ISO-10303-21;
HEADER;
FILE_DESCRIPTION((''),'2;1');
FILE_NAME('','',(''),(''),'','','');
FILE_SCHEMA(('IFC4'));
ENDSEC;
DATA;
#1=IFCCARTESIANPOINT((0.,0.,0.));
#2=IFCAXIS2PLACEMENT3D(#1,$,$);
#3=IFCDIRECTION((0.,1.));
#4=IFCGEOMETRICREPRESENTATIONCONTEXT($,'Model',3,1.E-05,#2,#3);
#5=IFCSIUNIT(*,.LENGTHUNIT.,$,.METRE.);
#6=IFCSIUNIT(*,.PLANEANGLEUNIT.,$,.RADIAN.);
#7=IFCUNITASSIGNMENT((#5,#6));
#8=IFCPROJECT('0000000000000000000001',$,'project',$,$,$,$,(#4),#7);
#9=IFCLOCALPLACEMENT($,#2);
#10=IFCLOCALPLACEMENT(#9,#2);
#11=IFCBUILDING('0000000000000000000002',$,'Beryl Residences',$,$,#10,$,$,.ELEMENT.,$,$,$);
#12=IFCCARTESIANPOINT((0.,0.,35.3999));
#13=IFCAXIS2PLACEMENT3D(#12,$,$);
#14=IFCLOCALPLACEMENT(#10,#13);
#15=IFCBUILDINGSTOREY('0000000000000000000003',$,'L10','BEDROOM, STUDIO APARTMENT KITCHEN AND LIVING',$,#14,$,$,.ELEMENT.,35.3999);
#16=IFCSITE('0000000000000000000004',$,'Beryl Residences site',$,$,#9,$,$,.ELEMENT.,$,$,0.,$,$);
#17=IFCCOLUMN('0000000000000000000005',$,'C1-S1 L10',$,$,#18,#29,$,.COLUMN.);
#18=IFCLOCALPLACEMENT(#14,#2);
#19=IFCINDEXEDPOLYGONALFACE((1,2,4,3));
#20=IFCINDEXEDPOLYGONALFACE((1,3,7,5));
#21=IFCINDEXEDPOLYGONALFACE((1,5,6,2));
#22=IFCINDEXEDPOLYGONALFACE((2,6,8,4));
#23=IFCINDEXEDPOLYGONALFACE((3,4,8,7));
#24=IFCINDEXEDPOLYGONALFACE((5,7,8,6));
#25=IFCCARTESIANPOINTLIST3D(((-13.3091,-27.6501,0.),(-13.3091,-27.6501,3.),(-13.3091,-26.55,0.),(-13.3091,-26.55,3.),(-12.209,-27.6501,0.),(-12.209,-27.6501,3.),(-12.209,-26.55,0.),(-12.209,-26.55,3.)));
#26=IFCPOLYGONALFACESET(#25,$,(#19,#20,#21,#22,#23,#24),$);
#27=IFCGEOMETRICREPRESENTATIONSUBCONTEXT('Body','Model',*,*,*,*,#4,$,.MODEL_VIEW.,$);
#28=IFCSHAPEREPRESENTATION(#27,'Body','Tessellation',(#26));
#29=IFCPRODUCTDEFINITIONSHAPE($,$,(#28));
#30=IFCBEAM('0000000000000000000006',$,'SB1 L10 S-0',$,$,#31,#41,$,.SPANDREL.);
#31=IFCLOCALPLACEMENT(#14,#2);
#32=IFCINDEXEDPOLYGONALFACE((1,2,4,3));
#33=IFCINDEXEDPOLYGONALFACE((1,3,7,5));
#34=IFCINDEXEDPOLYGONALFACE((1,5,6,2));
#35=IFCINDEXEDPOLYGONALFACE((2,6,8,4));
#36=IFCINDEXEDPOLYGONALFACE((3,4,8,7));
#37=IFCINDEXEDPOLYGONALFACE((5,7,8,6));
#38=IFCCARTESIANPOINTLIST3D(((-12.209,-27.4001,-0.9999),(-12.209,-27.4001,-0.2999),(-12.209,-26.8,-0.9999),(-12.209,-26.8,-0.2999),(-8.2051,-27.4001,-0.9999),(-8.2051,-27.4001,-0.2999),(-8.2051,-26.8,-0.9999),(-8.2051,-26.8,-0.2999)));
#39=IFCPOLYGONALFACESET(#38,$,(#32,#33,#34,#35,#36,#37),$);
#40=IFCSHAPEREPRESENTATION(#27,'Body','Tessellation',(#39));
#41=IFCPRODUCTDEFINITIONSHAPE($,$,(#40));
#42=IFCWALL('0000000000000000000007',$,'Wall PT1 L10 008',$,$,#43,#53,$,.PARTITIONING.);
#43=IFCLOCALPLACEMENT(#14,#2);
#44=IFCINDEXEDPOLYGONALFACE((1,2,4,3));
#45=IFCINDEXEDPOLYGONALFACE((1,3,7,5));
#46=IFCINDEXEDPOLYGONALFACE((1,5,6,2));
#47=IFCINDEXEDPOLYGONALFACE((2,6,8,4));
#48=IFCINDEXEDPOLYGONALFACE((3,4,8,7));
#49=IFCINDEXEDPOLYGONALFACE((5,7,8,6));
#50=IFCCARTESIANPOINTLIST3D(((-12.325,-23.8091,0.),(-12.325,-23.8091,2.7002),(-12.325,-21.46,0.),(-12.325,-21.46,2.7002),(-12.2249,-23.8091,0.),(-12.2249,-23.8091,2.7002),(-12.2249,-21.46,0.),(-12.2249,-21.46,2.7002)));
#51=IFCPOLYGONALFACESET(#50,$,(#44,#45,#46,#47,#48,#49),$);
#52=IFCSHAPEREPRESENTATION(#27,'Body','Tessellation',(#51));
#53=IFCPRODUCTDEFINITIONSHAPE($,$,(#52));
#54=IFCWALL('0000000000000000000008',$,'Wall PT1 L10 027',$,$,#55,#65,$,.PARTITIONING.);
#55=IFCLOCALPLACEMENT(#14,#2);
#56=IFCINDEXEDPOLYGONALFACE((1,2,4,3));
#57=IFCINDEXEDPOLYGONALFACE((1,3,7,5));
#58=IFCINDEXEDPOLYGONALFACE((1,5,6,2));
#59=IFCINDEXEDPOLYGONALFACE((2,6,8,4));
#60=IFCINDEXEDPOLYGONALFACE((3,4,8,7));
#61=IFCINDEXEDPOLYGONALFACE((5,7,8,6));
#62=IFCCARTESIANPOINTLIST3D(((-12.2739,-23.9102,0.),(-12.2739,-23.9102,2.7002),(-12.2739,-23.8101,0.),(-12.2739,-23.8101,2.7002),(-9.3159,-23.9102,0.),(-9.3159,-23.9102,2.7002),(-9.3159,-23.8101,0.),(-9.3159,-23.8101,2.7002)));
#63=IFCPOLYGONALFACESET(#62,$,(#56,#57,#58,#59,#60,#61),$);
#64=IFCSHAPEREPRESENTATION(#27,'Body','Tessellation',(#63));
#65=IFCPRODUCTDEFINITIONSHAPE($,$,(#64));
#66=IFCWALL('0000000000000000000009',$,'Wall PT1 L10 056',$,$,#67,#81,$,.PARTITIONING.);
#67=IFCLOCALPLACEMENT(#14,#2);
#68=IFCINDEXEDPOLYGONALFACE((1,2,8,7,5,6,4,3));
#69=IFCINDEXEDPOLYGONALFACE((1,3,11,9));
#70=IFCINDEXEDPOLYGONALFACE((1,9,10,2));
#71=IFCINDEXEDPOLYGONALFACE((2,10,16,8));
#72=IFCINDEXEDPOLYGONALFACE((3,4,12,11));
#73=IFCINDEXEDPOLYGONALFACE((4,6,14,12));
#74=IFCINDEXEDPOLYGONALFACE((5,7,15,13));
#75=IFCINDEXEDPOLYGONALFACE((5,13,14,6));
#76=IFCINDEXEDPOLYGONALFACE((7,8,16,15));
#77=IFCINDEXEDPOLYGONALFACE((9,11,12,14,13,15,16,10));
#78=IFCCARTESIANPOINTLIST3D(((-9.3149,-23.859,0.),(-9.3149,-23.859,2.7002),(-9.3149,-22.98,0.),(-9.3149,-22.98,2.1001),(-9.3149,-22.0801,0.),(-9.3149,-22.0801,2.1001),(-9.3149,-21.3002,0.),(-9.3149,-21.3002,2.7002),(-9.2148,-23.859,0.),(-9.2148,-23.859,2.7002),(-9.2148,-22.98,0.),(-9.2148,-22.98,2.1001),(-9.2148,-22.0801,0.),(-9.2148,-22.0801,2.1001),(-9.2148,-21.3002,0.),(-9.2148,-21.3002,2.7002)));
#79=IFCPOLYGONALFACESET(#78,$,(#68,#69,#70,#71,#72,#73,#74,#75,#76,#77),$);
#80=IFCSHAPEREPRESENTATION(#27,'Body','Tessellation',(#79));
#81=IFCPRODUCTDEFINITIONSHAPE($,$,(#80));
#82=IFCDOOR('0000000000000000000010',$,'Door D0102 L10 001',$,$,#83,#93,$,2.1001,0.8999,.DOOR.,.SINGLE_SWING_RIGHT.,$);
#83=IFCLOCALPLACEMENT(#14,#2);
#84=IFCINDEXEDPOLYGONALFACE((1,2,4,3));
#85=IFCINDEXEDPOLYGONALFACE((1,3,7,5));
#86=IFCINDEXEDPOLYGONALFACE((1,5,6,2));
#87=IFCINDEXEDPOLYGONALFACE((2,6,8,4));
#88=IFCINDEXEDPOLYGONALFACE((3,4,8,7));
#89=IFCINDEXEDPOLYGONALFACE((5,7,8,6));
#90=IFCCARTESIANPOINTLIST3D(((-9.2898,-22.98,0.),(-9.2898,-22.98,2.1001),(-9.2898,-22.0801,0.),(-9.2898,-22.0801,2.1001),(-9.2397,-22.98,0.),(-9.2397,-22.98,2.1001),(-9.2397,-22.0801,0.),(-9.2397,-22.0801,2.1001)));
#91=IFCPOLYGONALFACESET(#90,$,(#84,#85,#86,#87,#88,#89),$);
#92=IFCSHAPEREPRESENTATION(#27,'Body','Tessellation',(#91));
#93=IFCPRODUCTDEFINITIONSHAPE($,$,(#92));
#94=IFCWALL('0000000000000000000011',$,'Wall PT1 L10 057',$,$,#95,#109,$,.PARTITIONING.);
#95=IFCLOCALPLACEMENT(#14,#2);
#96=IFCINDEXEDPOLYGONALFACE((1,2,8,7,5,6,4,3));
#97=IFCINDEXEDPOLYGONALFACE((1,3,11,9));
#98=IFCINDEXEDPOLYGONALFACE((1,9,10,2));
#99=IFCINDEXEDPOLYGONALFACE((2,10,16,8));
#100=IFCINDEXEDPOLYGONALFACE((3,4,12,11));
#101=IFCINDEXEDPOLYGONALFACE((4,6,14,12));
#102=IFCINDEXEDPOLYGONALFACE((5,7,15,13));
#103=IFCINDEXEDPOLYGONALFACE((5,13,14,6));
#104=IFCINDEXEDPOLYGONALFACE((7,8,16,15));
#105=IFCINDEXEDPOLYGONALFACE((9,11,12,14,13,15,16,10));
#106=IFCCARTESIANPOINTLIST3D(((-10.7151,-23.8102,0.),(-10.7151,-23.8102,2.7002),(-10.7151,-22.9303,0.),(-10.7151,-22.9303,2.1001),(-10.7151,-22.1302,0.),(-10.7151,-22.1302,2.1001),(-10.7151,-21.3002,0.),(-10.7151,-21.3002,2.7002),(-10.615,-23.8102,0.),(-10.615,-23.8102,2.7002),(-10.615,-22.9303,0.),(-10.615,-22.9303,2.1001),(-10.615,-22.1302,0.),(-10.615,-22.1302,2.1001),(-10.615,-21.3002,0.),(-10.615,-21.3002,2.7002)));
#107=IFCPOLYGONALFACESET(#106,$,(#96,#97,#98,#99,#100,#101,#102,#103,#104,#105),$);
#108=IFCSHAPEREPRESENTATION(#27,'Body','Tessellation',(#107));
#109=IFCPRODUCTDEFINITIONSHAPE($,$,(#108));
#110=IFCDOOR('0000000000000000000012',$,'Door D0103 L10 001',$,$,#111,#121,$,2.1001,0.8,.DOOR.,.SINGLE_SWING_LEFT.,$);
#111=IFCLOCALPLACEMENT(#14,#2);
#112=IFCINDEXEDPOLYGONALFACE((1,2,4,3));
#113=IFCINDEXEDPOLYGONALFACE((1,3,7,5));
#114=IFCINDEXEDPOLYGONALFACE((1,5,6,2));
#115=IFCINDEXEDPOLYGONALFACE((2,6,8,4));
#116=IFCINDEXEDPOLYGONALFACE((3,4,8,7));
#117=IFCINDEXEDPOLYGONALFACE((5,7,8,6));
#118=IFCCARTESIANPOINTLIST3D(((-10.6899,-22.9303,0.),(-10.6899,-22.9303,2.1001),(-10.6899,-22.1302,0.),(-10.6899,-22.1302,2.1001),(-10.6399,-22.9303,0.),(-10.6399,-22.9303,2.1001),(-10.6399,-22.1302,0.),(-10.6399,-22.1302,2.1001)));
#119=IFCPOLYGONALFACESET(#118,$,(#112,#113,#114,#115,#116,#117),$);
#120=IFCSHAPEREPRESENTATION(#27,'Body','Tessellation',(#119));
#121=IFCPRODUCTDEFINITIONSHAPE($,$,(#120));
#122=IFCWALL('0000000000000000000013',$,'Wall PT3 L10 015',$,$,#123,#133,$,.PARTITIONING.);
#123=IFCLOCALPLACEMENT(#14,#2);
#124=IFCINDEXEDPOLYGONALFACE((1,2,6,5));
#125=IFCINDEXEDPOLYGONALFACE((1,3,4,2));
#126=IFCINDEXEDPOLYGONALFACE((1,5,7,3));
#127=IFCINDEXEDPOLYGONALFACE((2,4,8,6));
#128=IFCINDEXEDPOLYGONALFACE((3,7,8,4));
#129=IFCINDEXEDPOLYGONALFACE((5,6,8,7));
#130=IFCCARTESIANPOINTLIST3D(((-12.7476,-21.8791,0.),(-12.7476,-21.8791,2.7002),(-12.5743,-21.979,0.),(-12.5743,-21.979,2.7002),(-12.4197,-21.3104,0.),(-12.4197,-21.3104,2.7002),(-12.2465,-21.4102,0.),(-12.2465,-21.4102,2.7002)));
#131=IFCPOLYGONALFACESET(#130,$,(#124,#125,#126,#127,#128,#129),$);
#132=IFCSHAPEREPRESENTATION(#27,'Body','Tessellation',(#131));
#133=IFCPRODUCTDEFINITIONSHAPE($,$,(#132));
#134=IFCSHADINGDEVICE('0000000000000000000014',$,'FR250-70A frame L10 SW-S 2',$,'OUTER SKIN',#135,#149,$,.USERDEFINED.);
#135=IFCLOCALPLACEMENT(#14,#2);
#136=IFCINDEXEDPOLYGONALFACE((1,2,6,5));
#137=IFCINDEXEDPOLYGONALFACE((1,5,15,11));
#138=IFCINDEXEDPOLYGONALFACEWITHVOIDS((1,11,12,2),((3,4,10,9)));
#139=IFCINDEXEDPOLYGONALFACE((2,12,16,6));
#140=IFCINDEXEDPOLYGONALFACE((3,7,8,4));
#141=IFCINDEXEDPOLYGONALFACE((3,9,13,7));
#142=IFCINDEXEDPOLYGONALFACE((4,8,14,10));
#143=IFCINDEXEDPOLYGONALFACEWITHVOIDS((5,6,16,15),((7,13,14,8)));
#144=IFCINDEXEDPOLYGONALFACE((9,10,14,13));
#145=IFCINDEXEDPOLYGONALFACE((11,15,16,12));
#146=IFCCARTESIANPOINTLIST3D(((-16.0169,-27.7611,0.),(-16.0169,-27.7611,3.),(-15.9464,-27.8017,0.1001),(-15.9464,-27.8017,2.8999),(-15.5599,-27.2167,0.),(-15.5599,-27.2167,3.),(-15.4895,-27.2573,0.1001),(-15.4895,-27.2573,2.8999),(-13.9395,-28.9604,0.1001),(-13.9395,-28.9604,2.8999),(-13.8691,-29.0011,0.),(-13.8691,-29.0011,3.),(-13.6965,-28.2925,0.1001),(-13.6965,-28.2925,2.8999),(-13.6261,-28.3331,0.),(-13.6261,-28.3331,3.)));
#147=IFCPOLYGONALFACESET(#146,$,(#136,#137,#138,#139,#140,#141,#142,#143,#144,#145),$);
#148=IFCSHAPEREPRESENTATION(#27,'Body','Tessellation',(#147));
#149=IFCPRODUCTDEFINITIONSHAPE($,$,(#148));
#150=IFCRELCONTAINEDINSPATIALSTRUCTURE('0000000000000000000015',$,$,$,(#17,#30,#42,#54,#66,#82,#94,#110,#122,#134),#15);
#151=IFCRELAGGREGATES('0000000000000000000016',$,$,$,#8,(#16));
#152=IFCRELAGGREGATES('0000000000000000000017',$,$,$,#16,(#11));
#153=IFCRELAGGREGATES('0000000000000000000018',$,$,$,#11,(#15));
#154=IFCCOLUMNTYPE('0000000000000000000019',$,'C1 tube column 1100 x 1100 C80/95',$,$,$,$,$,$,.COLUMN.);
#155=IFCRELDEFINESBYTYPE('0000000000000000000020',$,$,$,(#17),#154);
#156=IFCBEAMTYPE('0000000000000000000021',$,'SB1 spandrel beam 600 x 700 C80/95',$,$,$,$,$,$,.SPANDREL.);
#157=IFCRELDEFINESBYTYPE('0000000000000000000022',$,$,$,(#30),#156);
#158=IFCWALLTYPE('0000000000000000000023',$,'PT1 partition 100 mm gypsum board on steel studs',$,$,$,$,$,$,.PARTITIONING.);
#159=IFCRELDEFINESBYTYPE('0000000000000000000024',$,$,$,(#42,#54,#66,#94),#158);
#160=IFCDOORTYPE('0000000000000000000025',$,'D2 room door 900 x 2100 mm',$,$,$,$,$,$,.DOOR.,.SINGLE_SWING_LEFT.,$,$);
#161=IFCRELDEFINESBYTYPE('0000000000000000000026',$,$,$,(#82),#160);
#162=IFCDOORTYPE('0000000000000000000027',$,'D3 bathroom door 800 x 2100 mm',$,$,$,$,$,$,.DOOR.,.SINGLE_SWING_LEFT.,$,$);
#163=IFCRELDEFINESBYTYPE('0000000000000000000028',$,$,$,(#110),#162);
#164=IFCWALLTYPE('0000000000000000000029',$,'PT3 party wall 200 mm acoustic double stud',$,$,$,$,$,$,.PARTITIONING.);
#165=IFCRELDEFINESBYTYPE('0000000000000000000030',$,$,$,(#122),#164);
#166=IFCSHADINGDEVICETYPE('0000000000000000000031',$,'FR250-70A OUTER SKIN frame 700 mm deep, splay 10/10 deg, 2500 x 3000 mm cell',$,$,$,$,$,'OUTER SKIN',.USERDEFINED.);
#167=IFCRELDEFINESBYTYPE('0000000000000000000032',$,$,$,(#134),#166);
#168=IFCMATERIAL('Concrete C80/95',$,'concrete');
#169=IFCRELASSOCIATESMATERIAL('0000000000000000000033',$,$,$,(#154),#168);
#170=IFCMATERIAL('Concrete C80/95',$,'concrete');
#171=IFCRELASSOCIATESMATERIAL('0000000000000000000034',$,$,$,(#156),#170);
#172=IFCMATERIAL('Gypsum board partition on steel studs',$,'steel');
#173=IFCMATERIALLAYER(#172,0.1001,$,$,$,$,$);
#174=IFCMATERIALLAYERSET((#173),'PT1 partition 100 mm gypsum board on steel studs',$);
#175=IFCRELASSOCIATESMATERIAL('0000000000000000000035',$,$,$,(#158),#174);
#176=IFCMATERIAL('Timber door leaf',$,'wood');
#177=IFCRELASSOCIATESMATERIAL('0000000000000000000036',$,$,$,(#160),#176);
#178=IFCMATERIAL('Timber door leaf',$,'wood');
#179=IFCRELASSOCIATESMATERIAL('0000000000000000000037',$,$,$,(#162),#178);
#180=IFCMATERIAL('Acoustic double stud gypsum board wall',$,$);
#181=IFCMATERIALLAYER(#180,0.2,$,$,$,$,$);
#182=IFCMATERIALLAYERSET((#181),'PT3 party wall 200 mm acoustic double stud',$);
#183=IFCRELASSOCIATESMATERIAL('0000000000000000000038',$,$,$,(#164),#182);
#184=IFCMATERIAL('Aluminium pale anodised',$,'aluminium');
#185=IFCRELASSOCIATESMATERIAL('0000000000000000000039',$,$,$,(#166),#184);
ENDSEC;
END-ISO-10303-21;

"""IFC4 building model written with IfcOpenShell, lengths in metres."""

from ifc_helpers import new_model, entity, si_unit, direction, frame, frame_2d, origin, origin_2d, place, context, subcontext, project, spatial, rectangle, extrude, source, transform, mapped, material, layer, layer_set, material_profile, profile_set, type_object, type_shapes, element, fill, save


model = new_model("IFC4")

# Units and contexts
model_context = context("Model", 3, precision=1e-05, world=origin(), true_north=direction((0.0, 1.0)))
body_context = subcontext(model_context, "Body", "Model", "MODEL_VIEW")
ifc_project = project(units=[si_unit("LENGTHUNIT", "METRE"), si_unit("PLANEANGLEUNIT", "RADIAN")], contexts=[model_context])

# Site, building, storey
site_placement = place(None, origin())
site = spatial("IfcSite", under=ifc_project, at=site_placement, Name="Beryl Residences site", CompositionType="ELEMENT", RefElevation=0.0)
building_placement = place(site_placement, origin())
building = spatial("IfcBuilding", under=site, at=building_placement, Name="Beryl Residences", CompositionType="ELEMENT")
storey_placement = place(building_placement, frame((0.0, 0.0, 35.3999)))
storey = spatial("IfcBuildingStorey", under=building, at=storey_placement, Name="L10", Description="BEDROOM, STUDIO APARTMENT KITCHEN AND LIVING", CompositionType="ELEMENT", Elevation=35.3999)

# Column
ifc_material_1 = material(Name="Concrete C80/95", Category="concrete")
ifc_material_profile_1 = material_profile(ifc_material_1, rectangle(XDim=1.1001, YDim=1.1001, at=origin_2d()))
ifc_profile_set_1 = profile_set([ifc_material_profile_1], Name="Concrete C80/95")
column_type = type_object("IfcColumnType", Name="C1 tube column 1100 x 1100 C80/95", PredefinedType="COLUMN", material=ifc_profile_set_1)
column_placement = place(storey_placement, frame((-12.759, -27.1001, 0.0), z_axis=(0.0, 0.0, 1.0), x_axis=(1.0, 0.0, 0.0)))
element("IfcColumn", 1, at=column_placement, inside=storey, type_object=column_type, Name="C1-S1 L10", PredefinedType="COLUMN", context=body_context, shape_type="SweptSolid", body=[
    extrude(rectangle(XDim=1.1001, YDim=1.1001, at=origin_2d()), origin(), (0.0, 0.0, 1.0), 3.0),
])

# Beam
ifc_material_2 = material(Name="Concrete C80/95", Category="concrete")
ifc_material_profile_2 = material_profile(ifc_material_2, rectangle(XDim=0.6001, YDim=0.7, at=origin_2d()))
ifc_profile_set_2 = profile_set([ifc_material_profile_2], Name="Concrete C80/95")
beam_type = type_object("IfcBeamType", Name="SB1 spandrel beam 600 x 700 C80/95", PredefinedType="SPANDREL", material=ifc_profile_set_2)
beam_placement = place(storey_placement, frame((-12.209, -27.1001, -0.6499), z_axis=(1.0, 0.0, 0.0), x_axis=(0.0, 1.0, 0.0)))
element("IfcBeam", 2, at=beam_placement, inside=storey, type_object=beam_type, Name="SB1 L10 S-0", PredefinedType="SPANDREL", context=body_context, shape_type="SweptSolid", body=[
    extrude(rectangle(XDim=0.6001, YDim=0.7, at=origin_2d()), origin(), (0.0, 0.0, 1.0), 4.0039),
])

# Walls
ifc_material_3 = material(Name="Gypsum board partition on steel studs", Category="steel")
ifc_layer_1 = layer(ifc_material_3, 0.1001)
ifc_layer_set_1 = layer_set([ifc_layer_1], Name="PT1 partition 100 mm gypsum board on steel studs")
wall_type_1 = type_object("IfcWallType", Name="PT1 partition 100 mm gypsum board on steel studs", PredefinedType="PARTITIONING", material=ifc_layer_set_1)
wall_1_placement = place(storey_placement, frame((-12.2749, -21.46, 0.0), z_axis=(0.0, 0.0, 1.0), x_axis=(0.0, -1.0, 0.0)))
element("IfcWall", 3, at=wall_1_placement, inside=storey, type_object=wall_type_1, Name="Wall PT1 L10 008", PredefinedType="PARTITIONING", context=body_context, shape_type="SweptSolid", body=[
    extrude(rectangle(XDim=2.3491, YDim=0.1001, at=frame_2d((1.1746, 0.0))), origin(), (0.0, 0.0, 1.0), 2.7002),
])
wall_2_placement = place(storey_placement, frame((-12.2739, -23.8601, 0.0), z_axis=(0.0, 0.0, 1.0), x_axis=(1.0, 0.0, 0.0)))
element("IfcWall", 4, at=wall_2_placement, inside=storey, type_object=wall_type_1, Name="Wall PT1 L10 027", PredefinedType="PARTITIONING", context=body_context, shape_type="SweptSolid", body=[
    extrude(rectangle(XDim=2.958, YDim=0.1001, at=frame_2d((1.479, 0.0))), origin(), (0.0, 0.0, 1.0), 2.7002),
])

# Walls, openings, doors
wall_3_placement = place(storey_placement, frame((-9.2649, -23.8589, 0.0), z_axis=(0.0, 0.0, 1.0), x_axis=(0.0, 1.0, 0.0)))
wall_3 = element("IfcWall", 5, at=wall_3_placement, inside=storey, type_object=wall_type_1, Name="Wall PT1 L10 056", PredefinedType="PARTITIONING", context=body_context, shape_type="SweptSolid", body=[
    extrude(rectangle(XDim=2.5588, YDim=0.1001, at=frame_2d((1.2793, 0.0))), origin(), (0.0, 0.0, 1.0), 2.7002),
])
opening_1_placement = place(wall_3_placement, frame((0.8789, 0.0, 0.0)))
opening_1 = element("IfcOpeningElement", 6, at=opening_1_placement, cuts=wall_3, PredefinedType="OPENING", context=body_context, shape_type="SweptSolid", body=[
    extrude(rectangle(XDim=0.8999, YDim=2.1001, at=frame_2d((0.45, 1.05))), frame((0.0, 0.0601, 0.0), z_axis=(0.0, -1.0, 0.0), x_axis=(1.0, 0.0, 0.0)), (0.0, 0.0, 1.0), 0.1201),
])
ifc_material_4 = material(Name="Timber door leaf", Category="wood")
door_type_1 = type_object("IfcDoorType", Name="D2 room door 900 x 2100 mm", OperationType="SINGLE_SWING_LEFT", PredefinedType="DOOR", material=ifc_material_4)
door_1_placement = place(opening_1_placement, origin())
door_1 = element("IfcDoor", 7, at=door_1_placement, inside=storey, type_object=door_type_1, Name="Door D0102 L10 001", OperationType="SINGLE_SWING_RIGHT", OverallHeight=2.1001, OverallWidth=0.8999, PredefinedType="DOOR", context=body_context, shape_type="SweptSolid", body=[
    extrude(rectangle(XDim=0.8999, YDim=2.1001, at=frame_2d((0.45, 1.05))), frame((0.0, 0.0249, 0.0), z_axis=(0.0, -1.0, 0.0), x_axis=(1.0, 0.0, 0.0)), (0.0, 0.0, 1.0), 0.05),
])
fill(opening_1, door_1)
wall_4_placement = place(storey_placement, frame((-10.665, -23.8101, 0.0), z_axis=(0.0, 0.0, 1.0), x_axis=(0.0, 1.0, 0.0)))
wall_4 = element("IfcWall", 8, at=wall_4_placement, inside=storey, type_object=wall_type_1, Name="Wall PT1 L10 057", PredefinedType="PARTITIONING", context=body_context, shape_type="SweptSolid", body=[
    extrude(rectangle(XDim=2.51, YDim=0.1001, at=frame_2d((1.2549, 0.0))), origin(), (0.0, 0.0, 1.0), 2.7002),
])
opening_2_placement = place(wall_4_placement, frame((0.8799, 0.0, 0.0)))
opening_2 = element("IfcOpeningElement", 9, at=opening_2_placement, cuts=wall_4, PredefinedType="OPENING", context=body_context, shape_type="SweptSolid", body=[
    extrude(rectangle(XDim=0.8, YDim=2.1001, at=frame_2d((0.3999, 1.05))), frame((0.0, 0.0601, 0.0), z_axis=(0.0, -1.0, 0.0), x_axis=(1.0, 0.0, 0.0)), (0.0, 0.0, 1.0), 0.1201),
])
ifc_material_5 = material(Name="Timber door leaf", Category="wood")
door_type_2 = type_object("IfcDoorType", Name="D3 bathroom door 800 x 2100 mm", OperationType="SINGLE_SWING_LEFT", PredefinedType="DOOR", material=ifc_material_5)
door_2_placement = place(opening_2_placement, origin())
door_2 = element("IfcDoor", 10, at=door_2_placement, inside=storey, type_object=door_type_2, Name="Door D0103 L10 001", OperationType="SINGLE_SWING_LEFT", OverallHeight=2.1001, OverallWidth=0.8, PredefinedType="DOOR", context=body_context, shape_type="SweptSolid", body=[
    extrude(rectangle(XDim=0.8, YDim=2.1001, at=frame_2d((0.3999, 1.05))), frame((0.0, 0.0249, 0.0), z_axis=(0.0, -1.0, 0.0), x_axis=(1.0, 0.0, 0.0)), (0.0, 0.0, 1.0), 0.05),
])
fill(opening_2, door_2)

# Wall
ifc_material_6 = material(Name="Acoustic double stud gypsum board wall")
ifc_layer_2 = layer(ifc_material_6, 0.2)
ifc_layer_set_2 = layer_set([ifc_layer_2], Name="PT3 party wall 200 mm acoustic double stud")
wall_type_2 = type_object("IfcWallType", Name="PT3 party wall 200 mm acoustic double stud", PredefinedType="PARTITIONING", material=ifc_layer_set_2)
wall_5_placement = place(storey_placement, frame((-12.6609, -21.929, 0.0), z_axis=(0.0, 0.0, 1.0), x_axis=(0.499379, 0.866384, 0.0)))
element("IfcWall", 11, at=wall_5_placement, inside=storey, type_object=wall_type_2, Name="Wall PT3 L10 015", PredefinedType="PARTITIONING", context=body_context, shape_type="SweptSolid", body=[
    extrude(rectangle(XDim=0.6565, YDim=0.2, at=frame_2d((0.3281, 0.0))), origin(), (0.0, 0.0, 1.0), 2.7002),
])

# Shading device
ifc_material_7 = material(Name="Aluminium pale anodised", Category="aluminium")
shading_device_type_1 = type_object("IfcShadingDeviceType", Name="FR250-70A OUTER SKIN frame 700 mm deep, splay 10/10 deg, 2500 x 3000 mm cell", ElementType="OUTER SKIN", PredefinedType="USERDEFINED", material=ifc_material_7)
cartesian_point_1 = entity("IfcCartesianPoint", [-1.1165, 0.0])
cartesian_point_2 = entity("IfcCartesianPoint", [-1.0352, 0.1001])
cartesian_point_3 = entity("IfcCartesianPoint", [-1.24, 0.0])
cartesian_point_4 = entity("IfcCartesianPoint", [-1.1587, 0.1001])
shared_shape_1 = source(origin(), body_context, "Body", "SweptSolid", [
    entity("IfcExtrudedAreaSolidTapered", entity("IfcArbitraryProfileDefWithVoids", "AREA", None, entity("IfcPolyline", [cartesian_point_1, entity("IfcCartesianPoint", [1.1165, 0.0]), entity("IfcCartesianPoint", [1.1165, 3.0]), entity("IfcCartesianPoint", [-1.1165, 3.0]), cartesian_point_1]), [entity("IfcPolyline", [cartesian_point_2, entity("IfcCartesianPoint", [1.0352, 0.1001]), entity("IfcCartesianPoint", [1.0352, 2.8999]), entity("IfcCartesianPoint", [-1.0352, 2.8999]), cartesian_point_2])]), entity("IfcAxis2Placement3D", entity("IfcCartesianPoint", [0.0, 0.0, 0.0]), entity("IfcDirection", [0.0, 1.0, 0.0]), entity("IfcDirection", [-1.0, 0.0, 0.0])), entity("IfcDirection", [0.0, 0.0, 1.0]), 0.7, entity("IfcArbitraryProfileDefWithVoids", "AREA", None, entity("IfcPolyline", [cartesian_point_3, entity("IfcCartesianPoint", [1.24, 0.0]), entity("IfcCartesianPoint", [1.24, 3.0]), entity("IfcCartesianPoint", [-1.24, 3.0]), cartesian_point_3]), [entity("IfcPolyline", [cartesian_point_4, entity("IfcCartesianPoint", [1.1587, 0.1001]), entity("IfcCartesianPoint", [1.1587, 2.8999]), entity("IfcCartesianPoint", [-1.1587, 2.8999]), cartesian_point_4])])),
])
type_shapes(shading_device_type_1, [shared_shape_1])
shading_device_placement = place(storey_placement, frame((-14.593, -27.7749, 0.0), z_axis=(0.0, 0.0, 1.0), x_axis=(-0.866025, 0.5, 0.0)))
element("IfcShadingDevice", 12, at=shading_device_placement, inside=storey, type_object=shading_device_type_1, Name="FR250-70A frame L10 SW-S 2", ObjectType="OUTER SKIN", PredefinedType="USERDEFINED", context=body_context, shape_type="MappedRepresentation", body=[
    mapped(shared_shape_1, transform((0.0, 0.0, 0.0))),
])

save(model, "model.ifc")
